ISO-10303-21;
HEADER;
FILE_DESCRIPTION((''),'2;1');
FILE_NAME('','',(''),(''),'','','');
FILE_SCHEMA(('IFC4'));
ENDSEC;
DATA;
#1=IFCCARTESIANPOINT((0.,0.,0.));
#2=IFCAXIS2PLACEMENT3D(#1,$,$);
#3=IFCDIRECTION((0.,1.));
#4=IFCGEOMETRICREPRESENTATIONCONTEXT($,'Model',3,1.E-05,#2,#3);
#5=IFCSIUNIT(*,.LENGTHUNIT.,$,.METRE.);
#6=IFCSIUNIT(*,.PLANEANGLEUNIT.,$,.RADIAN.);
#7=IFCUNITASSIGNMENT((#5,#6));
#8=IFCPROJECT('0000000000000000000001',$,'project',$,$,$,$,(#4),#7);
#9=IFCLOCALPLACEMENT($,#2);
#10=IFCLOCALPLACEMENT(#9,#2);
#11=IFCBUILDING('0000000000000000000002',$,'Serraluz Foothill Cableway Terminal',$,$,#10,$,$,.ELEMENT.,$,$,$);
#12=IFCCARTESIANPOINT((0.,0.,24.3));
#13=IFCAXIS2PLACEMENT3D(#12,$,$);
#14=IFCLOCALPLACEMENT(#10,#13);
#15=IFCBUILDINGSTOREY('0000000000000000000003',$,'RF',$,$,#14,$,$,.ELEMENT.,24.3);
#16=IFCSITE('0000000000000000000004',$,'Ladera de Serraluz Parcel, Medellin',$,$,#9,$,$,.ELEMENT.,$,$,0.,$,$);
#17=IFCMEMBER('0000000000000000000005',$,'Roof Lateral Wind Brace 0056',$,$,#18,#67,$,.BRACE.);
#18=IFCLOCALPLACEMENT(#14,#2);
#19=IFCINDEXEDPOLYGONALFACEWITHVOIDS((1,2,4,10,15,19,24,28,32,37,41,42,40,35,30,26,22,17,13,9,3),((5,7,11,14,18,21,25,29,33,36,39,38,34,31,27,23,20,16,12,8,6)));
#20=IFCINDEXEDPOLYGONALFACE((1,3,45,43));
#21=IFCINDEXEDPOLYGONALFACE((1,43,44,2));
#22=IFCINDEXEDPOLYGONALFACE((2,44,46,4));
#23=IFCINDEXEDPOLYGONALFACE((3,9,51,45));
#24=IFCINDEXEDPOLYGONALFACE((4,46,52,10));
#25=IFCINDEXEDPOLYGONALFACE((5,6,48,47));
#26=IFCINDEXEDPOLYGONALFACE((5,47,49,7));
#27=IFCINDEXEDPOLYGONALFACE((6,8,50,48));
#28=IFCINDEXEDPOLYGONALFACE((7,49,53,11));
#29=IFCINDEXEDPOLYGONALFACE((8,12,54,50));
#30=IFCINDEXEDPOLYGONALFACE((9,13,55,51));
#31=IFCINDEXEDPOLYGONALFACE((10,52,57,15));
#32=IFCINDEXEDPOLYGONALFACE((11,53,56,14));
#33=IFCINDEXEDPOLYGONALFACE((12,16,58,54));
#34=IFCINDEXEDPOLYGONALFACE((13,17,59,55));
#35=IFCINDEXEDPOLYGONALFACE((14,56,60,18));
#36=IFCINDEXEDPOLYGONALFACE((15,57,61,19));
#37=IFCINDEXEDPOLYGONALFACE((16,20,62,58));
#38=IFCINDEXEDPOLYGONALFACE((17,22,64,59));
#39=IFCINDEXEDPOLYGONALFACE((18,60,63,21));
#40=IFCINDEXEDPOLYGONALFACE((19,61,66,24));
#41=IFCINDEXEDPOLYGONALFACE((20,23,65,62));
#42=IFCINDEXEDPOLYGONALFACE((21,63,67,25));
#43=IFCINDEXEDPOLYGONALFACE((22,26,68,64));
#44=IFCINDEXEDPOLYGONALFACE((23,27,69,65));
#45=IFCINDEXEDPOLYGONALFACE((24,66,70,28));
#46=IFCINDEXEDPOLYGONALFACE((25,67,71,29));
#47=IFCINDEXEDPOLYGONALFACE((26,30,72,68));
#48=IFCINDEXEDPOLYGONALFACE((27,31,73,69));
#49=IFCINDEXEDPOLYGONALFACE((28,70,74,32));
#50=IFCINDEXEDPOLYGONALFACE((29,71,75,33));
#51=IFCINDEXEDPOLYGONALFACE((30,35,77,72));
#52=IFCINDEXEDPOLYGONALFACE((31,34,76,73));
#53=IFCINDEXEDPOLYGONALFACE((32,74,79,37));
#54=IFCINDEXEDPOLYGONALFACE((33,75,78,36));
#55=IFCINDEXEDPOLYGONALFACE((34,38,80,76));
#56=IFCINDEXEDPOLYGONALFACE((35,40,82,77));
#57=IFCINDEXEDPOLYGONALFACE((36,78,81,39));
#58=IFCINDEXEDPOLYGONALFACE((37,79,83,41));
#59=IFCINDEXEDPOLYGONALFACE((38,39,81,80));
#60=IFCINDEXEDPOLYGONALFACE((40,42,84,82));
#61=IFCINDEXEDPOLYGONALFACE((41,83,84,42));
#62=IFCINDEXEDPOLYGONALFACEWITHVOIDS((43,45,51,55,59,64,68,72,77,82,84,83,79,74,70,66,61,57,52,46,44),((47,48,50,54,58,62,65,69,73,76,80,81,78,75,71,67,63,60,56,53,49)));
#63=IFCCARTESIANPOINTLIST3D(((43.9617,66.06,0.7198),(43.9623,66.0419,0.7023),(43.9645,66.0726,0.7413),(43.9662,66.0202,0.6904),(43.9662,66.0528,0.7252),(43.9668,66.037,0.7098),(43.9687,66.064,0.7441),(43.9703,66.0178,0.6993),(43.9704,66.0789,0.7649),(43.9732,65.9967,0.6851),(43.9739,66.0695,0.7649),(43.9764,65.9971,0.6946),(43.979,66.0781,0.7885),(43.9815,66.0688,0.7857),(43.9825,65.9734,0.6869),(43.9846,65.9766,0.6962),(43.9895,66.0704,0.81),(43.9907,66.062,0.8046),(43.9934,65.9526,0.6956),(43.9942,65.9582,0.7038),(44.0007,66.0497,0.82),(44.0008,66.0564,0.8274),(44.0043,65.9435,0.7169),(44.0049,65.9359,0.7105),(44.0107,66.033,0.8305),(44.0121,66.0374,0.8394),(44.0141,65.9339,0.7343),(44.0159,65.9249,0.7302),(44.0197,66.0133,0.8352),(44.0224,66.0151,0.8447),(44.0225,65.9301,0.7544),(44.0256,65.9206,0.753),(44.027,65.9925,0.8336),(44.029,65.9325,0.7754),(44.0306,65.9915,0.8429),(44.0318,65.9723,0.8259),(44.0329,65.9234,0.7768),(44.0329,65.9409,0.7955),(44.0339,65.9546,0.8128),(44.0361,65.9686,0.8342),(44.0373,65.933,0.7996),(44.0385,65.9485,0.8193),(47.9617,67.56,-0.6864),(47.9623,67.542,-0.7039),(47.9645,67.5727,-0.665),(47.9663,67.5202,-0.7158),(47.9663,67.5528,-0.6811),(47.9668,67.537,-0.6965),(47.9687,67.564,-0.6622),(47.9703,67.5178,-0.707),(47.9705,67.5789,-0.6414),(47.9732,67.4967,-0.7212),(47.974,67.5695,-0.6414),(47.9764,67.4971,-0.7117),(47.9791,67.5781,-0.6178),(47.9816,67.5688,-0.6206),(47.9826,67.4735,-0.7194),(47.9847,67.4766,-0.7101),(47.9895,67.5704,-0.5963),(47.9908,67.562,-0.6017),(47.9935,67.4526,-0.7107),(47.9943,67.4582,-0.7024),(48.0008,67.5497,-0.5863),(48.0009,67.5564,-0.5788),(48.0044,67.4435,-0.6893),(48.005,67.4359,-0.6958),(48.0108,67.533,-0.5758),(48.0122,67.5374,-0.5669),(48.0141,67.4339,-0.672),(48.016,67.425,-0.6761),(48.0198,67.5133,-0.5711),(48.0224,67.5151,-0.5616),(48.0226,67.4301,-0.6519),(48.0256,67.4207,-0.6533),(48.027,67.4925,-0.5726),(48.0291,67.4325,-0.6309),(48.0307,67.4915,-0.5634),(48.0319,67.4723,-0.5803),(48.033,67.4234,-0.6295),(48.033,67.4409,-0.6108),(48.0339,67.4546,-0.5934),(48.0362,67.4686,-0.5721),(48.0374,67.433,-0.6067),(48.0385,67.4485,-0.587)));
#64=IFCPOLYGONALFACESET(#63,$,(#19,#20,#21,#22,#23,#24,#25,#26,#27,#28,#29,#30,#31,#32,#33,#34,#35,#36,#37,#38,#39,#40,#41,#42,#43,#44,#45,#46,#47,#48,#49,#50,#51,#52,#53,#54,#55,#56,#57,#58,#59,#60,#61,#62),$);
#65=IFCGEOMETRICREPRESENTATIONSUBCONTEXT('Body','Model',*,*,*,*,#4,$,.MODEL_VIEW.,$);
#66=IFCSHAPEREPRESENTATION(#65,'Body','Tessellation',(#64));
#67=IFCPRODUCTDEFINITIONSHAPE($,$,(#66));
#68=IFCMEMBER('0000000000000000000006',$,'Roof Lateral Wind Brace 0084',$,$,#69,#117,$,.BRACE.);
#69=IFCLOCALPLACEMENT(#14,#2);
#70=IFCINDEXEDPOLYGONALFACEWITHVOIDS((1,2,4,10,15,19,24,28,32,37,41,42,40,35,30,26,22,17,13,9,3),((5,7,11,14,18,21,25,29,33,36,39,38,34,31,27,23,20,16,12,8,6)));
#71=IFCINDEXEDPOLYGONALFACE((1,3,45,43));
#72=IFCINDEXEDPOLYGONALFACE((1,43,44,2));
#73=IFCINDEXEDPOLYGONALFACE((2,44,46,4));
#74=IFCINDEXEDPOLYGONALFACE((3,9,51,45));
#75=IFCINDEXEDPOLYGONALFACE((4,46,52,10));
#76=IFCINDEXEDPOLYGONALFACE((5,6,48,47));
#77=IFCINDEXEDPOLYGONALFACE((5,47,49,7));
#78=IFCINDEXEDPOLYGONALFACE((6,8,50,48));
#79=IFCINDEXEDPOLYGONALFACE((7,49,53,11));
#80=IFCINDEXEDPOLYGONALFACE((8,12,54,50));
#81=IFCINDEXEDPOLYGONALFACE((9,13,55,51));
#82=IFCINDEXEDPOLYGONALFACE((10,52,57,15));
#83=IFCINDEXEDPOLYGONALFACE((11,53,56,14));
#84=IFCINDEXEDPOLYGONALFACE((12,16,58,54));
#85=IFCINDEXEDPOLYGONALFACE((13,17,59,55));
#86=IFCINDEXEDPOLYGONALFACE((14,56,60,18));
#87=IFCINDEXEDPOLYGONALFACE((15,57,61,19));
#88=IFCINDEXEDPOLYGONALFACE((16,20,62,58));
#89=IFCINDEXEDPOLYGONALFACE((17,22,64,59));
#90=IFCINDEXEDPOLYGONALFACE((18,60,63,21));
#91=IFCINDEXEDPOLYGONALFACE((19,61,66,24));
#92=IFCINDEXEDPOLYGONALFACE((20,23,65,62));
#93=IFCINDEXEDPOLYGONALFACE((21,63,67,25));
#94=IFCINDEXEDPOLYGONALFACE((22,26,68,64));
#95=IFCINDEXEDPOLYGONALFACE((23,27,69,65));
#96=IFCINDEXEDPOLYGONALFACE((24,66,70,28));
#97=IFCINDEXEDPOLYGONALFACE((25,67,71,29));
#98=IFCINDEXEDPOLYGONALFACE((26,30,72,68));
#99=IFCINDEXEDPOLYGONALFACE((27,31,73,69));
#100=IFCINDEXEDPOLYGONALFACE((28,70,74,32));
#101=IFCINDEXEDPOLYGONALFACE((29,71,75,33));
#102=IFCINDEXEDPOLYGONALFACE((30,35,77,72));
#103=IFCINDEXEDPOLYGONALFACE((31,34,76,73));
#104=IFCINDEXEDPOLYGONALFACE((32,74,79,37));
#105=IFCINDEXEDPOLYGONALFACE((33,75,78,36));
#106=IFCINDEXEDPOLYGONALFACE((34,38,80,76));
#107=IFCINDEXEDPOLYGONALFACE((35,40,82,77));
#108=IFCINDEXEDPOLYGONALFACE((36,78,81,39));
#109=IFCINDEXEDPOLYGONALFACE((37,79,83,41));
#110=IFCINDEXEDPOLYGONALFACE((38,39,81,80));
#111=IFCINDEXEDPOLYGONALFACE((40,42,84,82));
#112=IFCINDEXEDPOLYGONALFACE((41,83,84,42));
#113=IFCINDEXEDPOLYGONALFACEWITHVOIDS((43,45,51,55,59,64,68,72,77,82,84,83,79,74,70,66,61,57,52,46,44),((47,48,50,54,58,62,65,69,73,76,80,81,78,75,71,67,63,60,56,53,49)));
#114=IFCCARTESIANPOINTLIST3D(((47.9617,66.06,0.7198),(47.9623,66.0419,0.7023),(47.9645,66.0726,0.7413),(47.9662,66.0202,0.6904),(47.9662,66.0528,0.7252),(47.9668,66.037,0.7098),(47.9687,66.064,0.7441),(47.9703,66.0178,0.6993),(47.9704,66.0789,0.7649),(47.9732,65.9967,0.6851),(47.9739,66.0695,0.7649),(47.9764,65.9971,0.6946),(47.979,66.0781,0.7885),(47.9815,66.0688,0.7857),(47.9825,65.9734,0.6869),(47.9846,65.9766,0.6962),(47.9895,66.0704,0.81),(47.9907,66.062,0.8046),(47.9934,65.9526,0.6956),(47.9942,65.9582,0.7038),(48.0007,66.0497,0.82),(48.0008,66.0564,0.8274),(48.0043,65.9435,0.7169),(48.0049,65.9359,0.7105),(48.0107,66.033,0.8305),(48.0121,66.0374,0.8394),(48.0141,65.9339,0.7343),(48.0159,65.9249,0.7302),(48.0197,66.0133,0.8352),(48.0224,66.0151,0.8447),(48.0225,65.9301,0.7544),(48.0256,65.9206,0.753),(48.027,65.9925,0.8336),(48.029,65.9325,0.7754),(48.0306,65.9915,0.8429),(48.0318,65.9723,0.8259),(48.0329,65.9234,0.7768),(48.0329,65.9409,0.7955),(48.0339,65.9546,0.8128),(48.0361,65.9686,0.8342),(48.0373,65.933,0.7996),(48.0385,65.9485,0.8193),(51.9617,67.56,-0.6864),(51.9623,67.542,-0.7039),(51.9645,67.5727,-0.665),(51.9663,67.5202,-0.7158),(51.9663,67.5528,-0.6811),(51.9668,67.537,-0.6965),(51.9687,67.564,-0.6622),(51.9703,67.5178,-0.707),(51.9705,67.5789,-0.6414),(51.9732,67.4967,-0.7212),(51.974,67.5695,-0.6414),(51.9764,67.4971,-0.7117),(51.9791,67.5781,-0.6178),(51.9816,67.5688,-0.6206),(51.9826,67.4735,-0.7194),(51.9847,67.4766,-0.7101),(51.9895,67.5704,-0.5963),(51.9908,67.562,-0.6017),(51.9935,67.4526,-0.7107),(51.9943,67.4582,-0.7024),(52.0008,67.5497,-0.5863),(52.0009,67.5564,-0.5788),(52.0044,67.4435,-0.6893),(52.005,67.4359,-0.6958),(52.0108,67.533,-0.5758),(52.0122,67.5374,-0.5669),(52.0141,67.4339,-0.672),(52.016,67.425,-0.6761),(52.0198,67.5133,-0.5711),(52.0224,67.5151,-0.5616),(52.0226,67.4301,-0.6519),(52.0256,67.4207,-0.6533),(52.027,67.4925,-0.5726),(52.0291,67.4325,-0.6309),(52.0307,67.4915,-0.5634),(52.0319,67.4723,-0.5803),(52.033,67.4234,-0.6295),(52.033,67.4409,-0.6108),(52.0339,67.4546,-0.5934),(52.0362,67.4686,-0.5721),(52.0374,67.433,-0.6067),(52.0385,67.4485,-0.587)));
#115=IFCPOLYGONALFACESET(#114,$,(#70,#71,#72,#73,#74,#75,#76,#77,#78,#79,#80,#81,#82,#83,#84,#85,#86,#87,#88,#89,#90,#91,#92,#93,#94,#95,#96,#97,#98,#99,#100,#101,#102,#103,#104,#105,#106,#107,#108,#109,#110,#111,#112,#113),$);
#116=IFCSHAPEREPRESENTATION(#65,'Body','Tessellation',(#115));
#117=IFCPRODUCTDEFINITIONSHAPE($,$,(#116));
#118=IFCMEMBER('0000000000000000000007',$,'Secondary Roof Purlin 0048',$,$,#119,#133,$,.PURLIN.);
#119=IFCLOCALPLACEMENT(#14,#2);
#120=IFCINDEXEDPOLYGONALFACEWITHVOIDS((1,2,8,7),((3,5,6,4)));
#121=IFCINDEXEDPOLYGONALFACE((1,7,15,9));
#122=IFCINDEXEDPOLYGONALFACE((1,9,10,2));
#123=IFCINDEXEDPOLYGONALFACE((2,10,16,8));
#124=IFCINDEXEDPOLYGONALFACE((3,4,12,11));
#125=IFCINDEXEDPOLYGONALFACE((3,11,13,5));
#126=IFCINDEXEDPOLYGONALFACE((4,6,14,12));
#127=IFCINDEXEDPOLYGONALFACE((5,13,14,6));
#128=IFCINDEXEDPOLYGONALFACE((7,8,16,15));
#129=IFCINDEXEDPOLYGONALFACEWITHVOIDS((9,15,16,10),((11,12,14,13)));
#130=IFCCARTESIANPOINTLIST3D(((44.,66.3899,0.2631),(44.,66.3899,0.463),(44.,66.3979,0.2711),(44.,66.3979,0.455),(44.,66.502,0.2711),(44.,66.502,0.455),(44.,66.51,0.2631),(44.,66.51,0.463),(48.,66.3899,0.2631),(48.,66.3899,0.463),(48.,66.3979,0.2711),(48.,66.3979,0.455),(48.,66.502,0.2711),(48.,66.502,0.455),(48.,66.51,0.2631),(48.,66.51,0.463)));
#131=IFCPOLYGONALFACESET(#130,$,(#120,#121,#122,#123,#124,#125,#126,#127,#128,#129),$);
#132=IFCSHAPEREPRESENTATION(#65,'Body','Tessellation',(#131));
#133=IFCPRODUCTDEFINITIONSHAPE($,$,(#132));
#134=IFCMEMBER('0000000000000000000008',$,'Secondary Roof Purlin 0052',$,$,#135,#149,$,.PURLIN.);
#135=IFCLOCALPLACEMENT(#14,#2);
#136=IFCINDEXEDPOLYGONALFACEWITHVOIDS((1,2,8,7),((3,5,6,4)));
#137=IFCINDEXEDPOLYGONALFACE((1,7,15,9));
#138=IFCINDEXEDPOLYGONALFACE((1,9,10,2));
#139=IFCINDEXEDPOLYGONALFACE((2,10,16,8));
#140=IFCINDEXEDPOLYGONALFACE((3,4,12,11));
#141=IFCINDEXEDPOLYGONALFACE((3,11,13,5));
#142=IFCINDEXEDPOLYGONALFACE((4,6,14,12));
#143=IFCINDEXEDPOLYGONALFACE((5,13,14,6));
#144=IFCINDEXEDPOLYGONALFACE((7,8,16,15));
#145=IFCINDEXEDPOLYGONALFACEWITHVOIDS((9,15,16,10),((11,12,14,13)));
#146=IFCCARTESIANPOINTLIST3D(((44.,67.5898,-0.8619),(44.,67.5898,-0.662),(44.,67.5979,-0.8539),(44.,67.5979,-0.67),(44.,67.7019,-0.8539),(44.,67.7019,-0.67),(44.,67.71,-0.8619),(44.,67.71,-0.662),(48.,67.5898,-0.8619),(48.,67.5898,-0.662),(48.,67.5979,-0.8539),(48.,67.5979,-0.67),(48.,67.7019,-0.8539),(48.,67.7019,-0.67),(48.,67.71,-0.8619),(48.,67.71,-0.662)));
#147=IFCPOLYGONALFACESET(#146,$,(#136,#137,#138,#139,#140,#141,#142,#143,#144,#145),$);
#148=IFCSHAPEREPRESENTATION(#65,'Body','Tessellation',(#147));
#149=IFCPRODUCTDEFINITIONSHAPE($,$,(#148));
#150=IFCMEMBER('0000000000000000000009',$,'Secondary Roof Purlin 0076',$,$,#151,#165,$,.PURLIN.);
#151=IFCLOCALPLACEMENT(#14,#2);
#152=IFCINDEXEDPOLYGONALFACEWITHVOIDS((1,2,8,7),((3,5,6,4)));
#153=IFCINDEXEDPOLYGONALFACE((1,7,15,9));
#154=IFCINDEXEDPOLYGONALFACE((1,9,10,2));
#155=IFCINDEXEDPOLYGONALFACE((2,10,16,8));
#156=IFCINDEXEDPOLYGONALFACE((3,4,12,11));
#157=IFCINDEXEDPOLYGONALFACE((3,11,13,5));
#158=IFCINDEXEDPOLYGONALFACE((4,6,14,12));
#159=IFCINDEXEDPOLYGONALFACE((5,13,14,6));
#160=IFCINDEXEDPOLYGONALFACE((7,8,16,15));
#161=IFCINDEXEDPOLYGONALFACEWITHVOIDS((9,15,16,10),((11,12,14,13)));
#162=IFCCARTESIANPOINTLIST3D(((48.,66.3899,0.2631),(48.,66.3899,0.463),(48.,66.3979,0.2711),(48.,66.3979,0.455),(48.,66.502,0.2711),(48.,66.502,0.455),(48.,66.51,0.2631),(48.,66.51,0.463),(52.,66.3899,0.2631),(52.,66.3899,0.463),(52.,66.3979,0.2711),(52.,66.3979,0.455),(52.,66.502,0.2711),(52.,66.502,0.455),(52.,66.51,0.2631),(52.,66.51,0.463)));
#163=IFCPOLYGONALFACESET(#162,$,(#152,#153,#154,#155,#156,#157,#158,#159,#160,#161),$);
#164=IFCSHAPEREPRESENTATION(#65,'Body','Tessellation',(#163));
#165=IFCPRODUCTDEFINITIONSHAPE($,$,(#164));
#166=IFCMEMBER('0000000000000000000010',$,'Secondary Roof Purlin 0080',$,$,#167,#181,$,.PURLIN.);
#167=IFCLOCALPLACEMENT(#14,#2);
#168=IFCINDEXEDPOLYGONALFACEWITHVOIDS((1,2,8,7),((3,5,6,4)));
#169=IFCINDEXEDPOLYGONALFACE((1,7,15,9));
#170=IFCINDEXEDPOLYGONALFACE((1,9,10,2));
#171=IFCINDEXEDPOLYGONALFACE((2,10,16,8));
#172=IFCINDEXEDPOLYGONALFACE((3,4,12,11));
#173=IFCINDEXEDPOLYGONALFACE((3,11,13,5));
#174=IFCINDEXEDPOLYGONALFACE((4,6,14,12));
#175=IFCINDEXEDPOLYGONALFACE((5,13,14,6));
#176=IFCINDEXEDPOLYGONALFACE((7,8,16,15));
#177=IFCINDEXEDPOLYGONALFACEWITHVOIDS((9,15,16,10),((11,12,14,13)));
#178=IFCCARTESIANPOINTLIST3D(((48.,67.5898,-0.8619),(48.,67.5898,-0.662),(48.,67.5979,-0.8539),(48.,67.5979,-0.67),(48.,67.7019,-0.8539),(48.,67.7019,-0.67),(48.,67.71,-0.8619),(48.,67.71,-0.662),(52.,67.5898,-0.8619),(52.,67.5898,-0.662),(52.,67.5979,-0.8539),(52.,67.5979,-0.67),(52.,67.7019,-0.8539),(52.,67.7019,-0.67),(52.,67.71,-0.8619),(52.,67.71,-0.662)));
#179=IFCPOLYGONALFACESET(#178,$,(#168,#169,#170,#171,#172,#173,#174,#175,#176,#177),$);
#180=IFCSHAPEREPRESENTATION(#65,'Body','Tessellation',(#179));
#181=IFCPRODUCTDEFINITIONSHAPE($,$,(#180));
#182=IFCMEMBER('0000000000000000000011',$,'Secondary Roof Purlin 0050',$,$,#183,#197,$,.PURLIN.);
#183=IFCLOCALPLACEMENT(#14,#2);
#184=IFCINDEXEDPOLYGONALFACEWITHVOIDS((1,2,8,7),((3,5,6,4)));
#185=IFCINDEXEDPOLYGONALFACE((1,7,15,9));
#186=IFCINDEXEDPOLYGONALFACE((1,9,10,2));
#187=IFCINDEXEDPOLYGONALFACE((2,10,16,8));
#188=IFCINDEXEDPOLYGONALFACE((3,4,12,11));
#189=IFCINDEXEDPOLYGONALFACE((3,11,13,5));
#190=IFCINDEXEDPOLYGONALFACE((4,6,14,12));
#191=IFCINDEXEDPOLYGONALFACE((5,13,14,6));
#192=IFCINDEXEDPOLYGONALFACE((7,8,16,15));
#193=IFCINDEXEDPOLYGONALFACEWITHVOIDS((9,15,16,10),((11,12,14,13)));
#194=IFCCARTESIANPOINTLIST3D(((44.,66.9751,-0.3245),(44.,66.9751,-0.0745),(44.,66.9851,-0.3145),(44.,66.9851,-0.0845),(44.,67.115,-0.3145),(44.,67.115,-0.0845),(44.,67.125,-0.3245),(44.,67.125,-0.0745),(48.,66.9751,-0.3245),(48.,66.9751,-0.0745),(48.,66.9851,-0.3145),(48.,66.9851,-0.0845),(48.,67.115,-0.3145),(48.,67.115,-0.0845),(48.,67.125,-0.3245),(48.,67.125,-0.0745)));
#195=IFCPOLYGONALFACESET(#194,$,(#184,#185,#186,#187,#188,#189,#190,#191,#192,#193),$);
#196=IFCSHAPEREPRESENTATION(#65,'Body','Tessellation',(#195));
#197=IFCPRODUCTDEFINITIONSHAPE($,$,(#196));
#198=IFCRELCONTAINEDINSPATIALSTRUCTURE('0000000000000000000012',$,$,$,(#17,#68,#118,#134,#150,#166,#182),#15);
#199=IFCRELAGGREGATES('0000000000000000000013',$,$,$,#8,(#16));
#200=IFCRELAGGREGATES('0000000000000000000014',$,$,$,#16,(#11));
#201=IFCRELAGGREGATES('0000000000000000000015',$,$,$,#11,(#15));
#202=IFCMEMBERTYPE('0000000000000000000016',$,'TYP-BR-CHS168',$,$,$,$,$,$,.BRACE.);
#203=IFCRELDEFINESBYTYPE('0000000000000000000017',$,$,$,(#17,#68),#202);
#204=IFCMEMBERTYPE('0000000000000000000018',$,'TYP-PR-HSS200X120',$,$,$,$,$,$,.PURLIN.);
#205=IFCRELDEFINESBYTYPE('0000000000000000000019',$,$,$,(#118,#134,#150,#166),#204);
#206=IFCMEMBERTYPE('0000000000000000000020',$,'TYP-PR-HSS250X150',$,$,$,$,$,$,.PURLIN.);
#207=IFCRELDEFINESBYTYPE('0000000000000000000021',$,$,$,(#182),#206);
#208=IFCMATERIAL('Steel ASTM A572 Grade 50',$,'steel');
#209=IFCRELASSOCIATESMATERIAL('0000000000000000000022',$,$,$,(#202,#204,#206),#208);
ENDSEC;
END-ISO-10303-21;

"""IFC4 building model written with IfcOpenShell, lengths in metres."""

from ifc_helpers import new_model, si_unit, direction, frame, origin, origin_2d, place, context, subcontext, project, spatial, hollow_rectangle, hollow_circle, extrude, material, material_profile, profile_set, type_object, element, save


model = new_model("IFC4")

# Units and contexts
model_context = context("Model", 3, precision=1e-05, world=origin(), true_north=direction((0.0, 1.0)))
body_context = subcontext(model_context, "Body", "Model", "MODEL_VIEW")
ifc_project = project(units=[si_unit("LENGTHUNIT", "METRE"), si_unit("PLANEANGLEUNIT", "RADIAN")], contexts=[model_context])

# Site, building, storey
site_placement = place(None, origin())
site = spatial("IfcSite", under=ifc_project, at=site_placement, Name="Ladera de Serraluz Parcel, Medellin", CompositionType="ELEMENT", RefElevation=0.0)
building_placement = place(site_placement, origin())
building = spatial("IfcBuilding", under=site, at=building_placement, Name="Serraluz Foothill Cableway Terminal", CompositionType="ELEMENT")
storey_placement = place(building_placement, frame((0.0, 0.0, 24.3)))
storey = spatial("IfcBuildingStorey", under=building, at=storey_placement, Name="RF", CompositionType="ELEMENT", Elevation=24.3)

# Members
ifc_material_1 = material(Name="Steel ASTM A572 Grade 50", Category="steel")
ifc_material_profile_1 = material_profile(ifc_material_1, hollow_circle(Radius=0.0842, WallThickness=0.01, at=origin_2d()), Name="CHS168X10")
ifc_profile_set_1 = profile_set([ifc_material_profile_1], Name="Steel ASTM A572 Grade 50")
member_type_1 = type_object("IfcMemberType", Name="TYP-BR-CHS168", PredefinedType="BRACE", material=ifc_profile_set_1)
for number, where, z_axis, x_axis, name in (
    (1, (44.0, 66.0, 0.7649), (0.889382, 0.333518, -0.312673), (-0.351123, 0.936329, 0.0), "Roof Lateral Wind Brace 0056"),
    (2, (48.0, 66.0, 0.7649), (0.889382, 0.333518, -0.312673), (-0.351123, 0.936329, 0.0), "Roof Lateral Wind Brace 0084"),
):
    element("IfcMember", number, at=place(storey_placement, frame(where, z_axis=z_axis, x_axis=x_axis)), inside=storey, type_object=member_type_1, Name=name, PredefinedType="BRACE", context=body_context, shape_type="SweptSolid", body=[
        extrude(hollow_circle(Radius=0.0842, WallThickness=0.01, at=origin_2d()), origin(), (0.0, 0.0, 1.0), 4.4976),
    ])
ifc_material_profile_2 = material_profile(ifc_material_1, hollow_rectangle(XDim=0.1201, YDim=0.2, WallThickness=0.0081, at=origin_2d()), Name="HSS200X120X8")
ifc_profile_set_2 = profile_set([ifc_material_profile_2], Name="Steel ASTM A572 Grade 50")
member_type_2 = type_object("IfcMemberType", Name="TYP-PR-HSS200X120", PredefinedType="PURLIN", material=ifc_profile_set_2)
for number, where, z_axis, x_axis, name in (
    (3, (44.0, 66.45, 0.363), (1.0, 0.0, 0.0), (0.0, 1.0, 0.0), "Secondary Roof Purlin 0048"),
    (4, (44.0, 67.6499, -0.762), (1.0, 0.0, 0.0), (0.0, 1.0, 0.0), "Secondary Roof Purlin 0052"),
    (5, (48.0, 66.45, 0.363), (1.0, 0.0, 0.0), (0.0, 1.0, 0.0), "Secondary Roof Purlin 0076"),
    (6, (48.0, 67.6499, -0.762), (1.0, 0.0, 0.0), (0.0, 1.0, 0.0), "Secondary Roof Purlin 0080"),
):
    element("IfcMember", number, at=place(storey_placement, frame(where, z_axis=z_axis, x_axis=x_axis)), inside=storey, type_object=member_type_2, Name=name, PredefinedType="PURLIN", context=body_context, shape_type="SweptSolid", body=[
        extrude(hollow_rectangle(XDim=0.1201, YDim=0.2, WallThickness=0.0081, at=origin_2d()), origin(), (0.0, 0.0, 1.0), 4.0),
    ])
ifc_material_profile_3 = material_profile(ifc_material_1, hollow_rectangle(XDim=0.1499, YDim=0.25, WallThickness=0.01, at=origin_2d()), Name="HSS250X150X10")
ifc_profile_set_3 = profile_set([ifc_material_profile_3], Name="Steel ASTM A572 Grade 50")
member_type_3 = type_object("IfcMemberType", Name="TYP-PR-HSS250X150", PredefinedType="PURLIN", material=ifc_profile_set_3)
for number, where, z_axis, x_axis, name in (
    (7, (44.0, 67.05, -0.1995), (1.0, 0.0, 0.0), (0.0, 1.0, 0.0), "Secondary Roof Purlin 0050"),
):
    element("IfcMember", number, at=place(storey_placement, frame(where, z_axis=z_axis, x_axis=x_axis)), inside=storey, type_object=member_type_3, Name=name, PredefinedType="PURLIN", context=body_context, shape_type="SweptSolid", body=[
        extrude(hollow_rectangle(XDim=0.1499, YDim=0.25, WallThickness=0.01, at=origin_2d()), origin(), (0.0, 0.0, 1.0), 4.0),
    ])

save(model, "model.ifc")
